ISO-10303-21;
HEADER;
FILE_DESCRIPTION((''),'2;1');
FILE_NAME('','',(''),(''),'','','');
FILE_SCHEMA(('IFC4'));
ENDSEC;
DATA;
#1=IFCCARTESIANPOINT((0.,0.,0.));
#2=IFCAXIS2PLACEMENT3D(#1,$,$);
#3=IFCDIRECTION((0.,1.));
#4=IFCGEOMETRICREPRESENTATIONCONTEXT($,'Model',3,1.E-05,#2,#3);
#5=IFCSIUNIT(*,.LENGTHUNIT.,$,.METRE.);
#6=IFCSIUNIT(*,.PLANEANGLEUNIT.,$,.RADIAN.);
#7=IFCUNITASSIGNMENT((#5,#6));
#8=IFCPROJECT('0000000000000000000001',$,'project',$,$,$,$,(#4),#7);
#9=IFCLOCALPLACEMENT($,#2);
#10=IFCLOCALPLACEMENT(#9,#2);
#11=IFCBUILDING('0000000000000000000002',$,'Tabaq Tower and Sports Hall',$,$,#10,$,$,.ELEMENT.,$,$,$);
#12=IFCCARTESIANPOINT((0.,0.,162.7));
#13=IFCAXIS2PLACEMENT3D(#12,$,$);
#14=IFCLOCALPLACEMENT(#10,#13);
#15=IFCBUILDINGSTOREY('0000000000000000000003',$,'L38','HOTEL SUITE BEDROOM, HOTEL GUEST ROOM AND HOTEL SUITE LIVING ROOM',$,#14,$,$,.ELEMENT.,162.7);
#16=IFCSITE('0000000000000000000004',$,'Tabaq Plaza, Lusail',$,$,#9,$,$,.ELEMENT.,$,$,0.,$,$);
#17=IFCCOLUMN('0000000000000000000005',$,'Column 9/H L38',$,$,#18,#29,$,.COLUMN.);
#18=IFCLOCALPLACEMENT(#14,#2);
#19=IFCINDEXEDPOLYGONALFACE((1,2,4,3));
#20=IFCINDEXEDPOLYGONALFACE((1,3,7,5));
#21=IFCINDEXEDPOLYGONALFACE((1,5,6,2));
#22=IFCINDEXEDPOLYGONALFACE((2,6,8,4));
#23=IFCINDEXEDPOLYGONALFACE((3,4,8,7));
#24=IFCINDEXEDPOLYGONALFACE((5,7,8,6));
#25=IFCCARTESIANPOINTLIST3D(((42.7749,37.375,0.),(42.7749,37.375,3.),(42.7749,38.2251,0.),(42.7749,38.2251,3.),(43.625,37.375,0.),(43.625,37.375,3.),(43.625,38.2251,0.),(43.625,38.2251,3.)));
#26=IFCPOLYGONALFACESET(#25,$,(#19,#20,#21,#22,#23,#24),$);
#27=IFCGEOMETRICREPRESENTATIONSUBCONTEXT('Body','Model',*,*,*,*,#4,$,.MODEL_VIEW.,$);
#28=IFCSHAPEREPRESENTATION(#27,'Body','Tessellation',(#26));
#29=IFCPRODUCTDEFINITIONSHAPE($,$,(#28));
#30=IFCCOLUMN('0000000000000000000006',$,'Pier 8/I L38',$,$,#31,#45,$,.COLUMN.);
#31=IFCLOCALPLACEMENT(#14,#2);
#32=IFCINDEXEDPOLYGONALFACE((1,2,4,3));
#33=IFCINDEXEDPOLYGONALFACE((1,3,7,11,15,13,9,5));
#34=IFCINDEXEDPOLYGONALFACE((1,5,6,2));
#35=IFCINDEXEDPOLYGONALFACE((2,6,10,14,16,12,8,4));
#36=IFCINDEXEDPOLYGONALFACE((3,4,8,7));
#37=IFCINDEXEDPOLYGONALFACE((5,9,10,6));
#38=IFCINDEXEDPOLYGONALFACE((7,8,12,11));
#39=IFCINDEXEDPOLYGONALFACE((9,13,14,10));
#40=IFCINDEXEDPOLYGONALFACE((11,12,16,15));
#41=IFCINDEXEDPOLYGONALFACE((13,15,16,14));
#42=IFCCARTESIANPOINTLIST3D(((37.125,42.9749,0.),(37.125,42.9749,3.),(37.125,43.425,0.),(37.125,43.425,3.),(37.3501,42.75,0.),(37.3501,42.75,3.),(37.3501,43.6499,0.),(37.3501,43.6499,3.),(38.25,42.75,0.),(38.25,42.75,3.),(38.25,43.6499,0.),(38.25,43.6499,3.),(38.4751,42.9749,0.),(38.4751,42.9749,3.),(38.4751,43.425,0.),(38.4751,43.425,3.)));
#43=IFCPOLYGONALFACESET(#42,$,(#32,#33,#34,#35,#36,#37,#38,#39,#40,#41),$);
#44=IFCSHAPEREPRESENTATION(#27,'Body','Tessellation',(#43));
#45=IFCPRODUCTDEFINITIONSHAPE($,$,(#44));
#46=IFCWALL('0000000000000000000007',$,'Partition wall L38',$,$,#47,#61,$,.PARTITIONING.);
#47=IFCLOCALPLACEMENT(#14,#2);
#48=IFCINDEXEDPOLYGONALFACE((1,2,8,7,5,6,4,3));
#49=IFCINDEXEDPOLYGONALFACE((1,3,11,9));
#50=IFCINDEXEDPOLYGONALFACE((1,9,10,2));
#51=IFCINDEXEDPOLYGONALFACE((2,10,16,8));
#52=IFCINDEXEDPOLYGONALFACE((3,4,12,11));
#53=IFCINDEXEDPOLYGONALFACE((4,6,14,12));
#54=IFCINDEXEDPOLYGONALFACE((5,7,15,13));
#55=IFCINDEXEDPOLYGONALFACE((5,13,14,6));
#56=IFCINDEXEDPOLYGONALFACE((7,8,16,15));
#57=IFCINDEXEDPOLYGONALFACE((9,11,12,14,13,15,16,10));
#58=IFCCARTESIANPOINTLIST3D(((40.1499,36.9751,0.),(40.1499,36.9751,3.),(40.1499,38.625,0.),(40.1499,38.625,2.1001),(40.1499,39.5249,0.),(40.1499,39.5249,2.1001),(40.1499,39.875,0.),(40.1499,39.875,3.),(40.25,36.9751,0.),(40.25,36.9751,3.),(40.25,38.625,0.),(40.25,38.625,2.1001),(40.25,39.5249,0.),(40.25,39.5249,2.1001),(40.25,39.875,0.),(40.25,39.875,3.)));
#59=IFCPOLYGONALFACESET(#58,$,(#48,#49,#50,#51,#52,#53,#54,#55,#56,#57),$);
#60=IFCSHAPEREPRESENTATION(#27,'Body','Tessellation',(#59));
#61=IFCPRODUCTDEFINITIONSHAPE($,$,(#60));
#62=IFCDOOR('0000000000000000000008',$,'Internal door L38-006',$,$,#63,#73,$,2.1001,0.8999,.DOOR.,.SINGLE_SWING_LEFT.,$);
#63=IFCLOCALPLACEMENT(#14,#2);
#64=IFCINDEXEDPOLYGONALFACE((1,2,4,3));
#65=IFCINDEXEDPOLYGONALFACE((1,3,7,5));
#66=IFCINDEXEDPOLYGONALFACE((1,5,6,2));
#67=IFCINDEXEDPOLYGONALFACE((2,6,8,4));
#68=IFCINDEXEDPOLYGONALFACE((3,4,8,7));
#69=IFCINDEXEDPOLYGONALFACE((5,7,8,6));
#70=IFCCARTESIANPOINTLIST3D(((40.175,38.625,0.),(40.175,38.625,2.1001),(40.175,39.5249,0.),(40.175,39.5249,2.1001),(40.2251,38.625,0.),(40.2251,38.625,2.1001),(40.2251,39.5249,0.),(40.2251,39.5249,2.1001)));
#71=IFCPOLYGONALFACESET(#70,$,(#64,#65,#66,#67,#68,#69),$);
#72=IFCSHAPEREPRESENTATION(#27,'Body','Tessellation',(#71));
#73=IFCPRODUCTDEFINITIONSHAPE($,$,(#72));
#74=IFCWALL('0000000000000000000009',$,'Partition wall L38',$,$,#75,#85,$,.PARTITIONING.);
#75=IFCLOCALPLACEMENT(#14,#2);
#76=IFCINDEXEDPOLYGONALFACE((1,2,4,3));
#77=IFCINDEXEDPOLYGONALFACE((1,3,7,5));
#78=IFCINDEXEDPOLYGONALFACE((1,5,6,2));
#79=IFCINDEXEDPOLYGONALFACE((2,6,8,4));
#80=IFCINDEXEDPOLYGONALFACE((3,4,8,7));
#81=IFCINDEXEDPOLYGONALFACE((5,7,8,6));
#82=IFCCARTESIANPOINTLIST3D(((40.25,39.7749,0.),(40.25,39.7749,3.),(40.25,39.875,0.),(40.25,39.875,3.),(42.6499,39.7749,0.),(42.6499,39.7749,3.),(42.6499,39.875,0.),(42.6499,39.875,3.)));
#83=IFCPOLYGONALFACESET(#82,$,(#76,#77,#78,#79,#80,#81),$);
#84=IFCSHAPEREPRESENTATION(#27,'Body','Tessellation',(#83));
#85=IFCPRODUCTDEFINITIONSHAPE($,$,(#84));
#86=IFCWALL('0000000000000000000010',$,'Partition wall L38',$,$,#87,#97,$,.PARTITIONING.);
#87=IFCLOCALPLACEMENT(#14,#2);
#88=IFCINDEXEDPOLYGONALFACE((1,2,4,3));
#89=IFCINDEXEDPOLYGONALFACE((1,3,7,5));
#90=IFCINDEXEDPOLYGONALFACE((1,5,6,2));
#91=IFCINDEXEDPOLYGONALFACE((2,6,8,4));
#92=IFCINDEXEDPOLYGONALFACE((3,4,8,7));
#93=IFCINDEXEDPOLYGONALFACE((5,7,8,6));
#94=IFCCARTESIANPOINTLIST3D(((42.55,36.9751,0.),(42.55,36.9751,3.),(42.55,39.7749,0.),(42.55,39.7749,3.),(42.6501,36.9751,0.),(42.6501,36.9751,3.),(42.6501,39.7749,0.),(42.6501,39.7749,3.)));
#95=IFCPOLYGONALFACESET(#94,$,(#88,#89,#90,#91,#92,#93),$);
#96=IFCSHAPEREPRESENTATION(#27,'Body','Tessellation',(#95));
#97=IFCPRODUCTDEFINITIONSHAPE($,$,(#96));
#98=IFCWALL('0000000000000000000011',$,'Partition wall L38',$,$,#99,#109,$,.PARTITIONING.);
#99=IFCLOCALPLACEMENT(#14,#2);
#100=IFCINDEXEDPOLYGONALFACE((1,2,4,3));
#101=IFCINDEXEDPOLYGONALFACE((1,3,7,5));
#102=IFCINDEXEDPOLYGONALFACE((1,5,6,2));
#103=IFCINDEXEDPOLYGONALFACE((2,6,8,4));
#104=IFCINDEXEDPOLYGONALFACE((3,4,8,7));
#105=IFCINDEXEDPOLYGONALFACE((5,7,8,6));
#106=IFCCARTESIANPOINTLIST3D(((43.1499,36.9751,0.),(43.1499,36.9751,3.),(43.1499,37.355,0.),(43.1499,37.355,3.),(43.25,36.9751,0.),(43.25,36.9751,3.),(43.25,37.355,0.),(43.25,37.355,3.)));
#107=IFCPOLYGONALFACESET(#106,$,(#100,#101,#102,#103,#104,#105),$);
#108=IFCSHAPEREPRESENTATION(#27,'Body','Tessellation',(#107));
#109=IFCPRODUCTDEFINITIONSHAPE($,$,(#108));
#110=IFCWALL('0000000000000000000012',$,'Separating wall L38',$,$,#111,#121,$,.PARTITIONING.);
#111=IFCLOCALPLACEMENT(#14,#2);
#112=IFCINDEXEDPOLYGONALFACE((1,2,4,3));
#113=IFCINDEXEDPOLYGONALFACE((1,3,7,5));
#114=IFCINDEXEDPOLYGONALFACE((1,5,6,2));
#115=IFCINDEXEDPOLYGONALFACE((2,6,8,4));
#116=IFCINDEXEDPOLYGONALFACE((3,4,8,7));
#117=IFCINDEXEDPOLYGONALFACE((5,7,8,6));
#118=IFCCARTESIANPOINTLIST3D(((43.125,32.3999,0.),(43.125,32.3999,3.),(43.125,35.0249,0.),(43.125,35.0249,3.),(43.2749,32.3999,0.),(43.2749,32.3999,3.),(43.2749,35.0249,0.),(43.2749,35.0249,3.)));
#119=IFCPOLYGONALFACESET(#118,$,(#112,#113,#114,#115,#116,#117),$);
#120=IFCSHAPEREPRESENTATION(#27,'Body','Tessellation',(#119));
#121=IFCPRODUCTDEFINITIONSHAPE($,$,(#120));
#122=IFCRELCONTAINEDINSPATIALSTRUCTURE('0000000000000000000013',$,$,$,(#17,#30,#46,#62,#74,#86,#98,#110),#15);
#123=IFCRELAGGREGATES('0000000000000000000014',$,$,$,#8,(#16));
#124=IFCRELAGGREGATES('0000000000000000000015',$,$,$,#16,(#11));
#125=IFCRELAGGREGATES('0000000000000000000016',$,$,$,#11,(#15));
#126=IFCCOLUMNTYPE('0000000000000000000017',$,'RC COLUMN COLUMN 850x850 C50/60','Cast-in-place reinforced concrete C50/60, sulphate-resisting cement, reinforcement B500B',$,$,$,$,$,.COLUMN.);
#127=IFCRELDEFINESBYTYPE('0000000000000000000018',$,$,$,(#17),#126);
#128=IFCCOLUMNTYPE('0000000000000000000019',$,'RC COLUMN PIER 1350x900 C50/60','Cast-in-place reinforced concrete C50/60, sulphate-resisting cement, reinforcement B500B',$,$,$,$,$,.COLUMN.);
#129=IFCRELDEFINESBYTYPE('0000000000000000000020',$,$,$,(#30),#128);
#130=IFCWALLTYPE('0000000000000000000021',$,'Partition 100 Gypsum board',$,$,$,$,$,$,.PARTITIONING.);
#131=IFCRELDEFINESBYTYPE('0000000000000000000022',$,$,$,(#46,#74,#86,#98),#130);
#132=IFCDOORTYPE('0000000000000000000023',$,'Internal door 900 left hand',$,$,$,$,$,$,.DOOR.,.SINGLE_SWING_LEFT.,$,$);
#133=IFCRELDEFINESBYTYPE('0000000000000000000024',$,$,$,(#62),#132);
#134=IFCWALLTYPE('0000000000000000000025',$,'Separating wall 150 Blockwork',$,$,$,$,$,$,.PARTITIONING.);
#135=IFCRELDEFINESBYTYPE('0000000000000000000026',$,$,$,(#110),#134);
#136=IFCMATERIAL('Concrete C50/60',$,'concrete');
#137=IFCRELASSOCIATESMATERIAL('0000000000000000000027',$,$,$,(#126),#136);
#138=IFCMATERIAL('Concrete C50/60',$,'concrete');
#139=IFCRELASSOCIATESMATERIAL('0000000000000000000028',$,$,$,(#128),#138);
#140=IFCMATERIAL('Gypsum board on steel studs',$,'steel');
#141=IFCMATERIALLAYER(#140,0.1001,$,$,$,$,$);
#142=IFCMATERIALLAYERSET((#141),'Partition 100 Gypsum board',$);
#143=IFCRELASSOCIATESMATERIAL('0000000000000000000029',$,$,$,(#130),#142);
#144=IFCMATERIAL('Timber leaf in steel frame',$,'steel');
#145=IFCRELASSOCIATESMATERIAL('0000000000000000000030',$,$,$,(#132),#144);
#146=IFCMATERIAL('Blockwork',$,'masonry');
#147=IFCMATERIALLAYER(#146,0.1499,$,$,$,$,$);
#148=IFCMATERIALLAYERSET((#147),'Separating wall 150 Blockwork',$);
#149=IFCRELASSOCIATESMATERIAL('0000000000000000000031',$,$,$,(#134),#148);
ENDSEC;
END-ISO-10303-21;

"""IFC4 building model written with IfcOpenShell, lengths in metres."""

from ifc_helpers import new_model, si_unit, direction, frame, frame_2d, origin, origin_2d, place, context, subcontext, project, spatial, polyline, rectangle, outline, extrude, material, layer, layer_set, material_profile, profile_set, type_object, element, fill, save


model = new_model("IFC4")

# Units and contexts
model_context = context("Model", 3, precision=1e-05, world=origin(), true_north=direction((0.0, 1.0)))
body_context = subcontext(model_context, "Body", "Model", "MODEL_VIEW")
ifc_project = project(units=[si_unit("LENGTHUNIT", "METRE"), si_unit("PLANEANGLEUNIT", "RADIAN")], contexts=[model_context])

# Site, building, storey
site_placement = place(None, origin())
site = spatial("IfcSite", under=ifc_project, at=site_placement, Name="Tabaq Plaza, Lusail", CompositionType="ELEMENT", RefElevation=0.0)
building_placement = place(site_placement, origin())
building = spatial("IfcBuilding", under=site, at=building_placement, Name="Tabaq Tower and Sports Hall", CompositionType="ELEMENT")
storey_placement = place(building_placement, frame((0.0, 0.0, 162.7)))
storey = spatial("IfcBuildingStorey", under=building, at=storey_placement, Name="L38", Description="HOTEL SUITE BEDROOM, HOTEL GUEST ROOM AND HOTEL SUITE LIVING ROOM", CompositionType="ELEMENT", Elevation=162.7)

# Columns
ifc_material_1 = material(Name="Concrete C50/60", Category="concrete")
ifc_material_profile_1 = material_profile(ifc_material_1, rectangle(XDim=0.8501, YDim=0.8501, at=origin_2d()), Name="COLUMN 850x850")
ifc_profile_set_1 = profile_set([ifc_material_profile_1], Name="Concrete C50/60")
column_type_1 = type_object("IfcColumnType", Name="RC COLUMN COLUMN 850x850 C50/60", Description="Cast-in-place reinforced concrete C50/60, sulphate-resisting cement, reinforcement B500B", PredefinedType="COLUMN", material=ifc_profile_set_1)
column_1_placement = place(storey_placement, frame((43.2, 37.8, 0.0), z_axis=(0.0, 0.0, 1.0), x_axis=(1.0, 0.0, 0.0)))
element("IfcColumn", 1, at=column_1_placement, inside=storey, type_object=column_type_1, Name="Column 9/H L38", PredefinedType="COLUMN", context=body_context, shape_type="SweptSolid", body=[
    extrude(rectangle(XDim=0.8501, YDim=0.8501, at=origin_2d()), origin(), (0.0, 0.0, 1.0), 3.0),
])
ifc_material_2 = material(Name="Concrete C50/60", Category="concrete")
ifc_material_profile_2 = material_profile(ifc_material_2, outline(polyline([(-0.45, -0.45), (0.45, -0.45), (0.675, -0.2251), (0.675, 0.2251), (0.45, 0.45), (-0.45, 0.45), (-0.675, 0.2251), (-0.675, -0.2251), (-0.45, -0.45)])), Name="PIER 1350x900")
ifc_profile_set_2 = profile_set([ifc_material_profile_2], Name="Concrete C50/60")
column_type_2 = type_object("IfcColumnType", Name="RC COLUMN PIER 1350x900 C50/60", Description="Cast-in-place reinforced concrete C50/60, sulphate-resisting cement, reinforcement B500B", PredefinedType="COLUMN", material=ifc_profile_set_2)
column_2_placement = place(storey_placement, frame((37.8, 43.2, 0.0), z_axis=(0.0, 0.0, 1.0), x_axis=(1.0, 0.0, 0.0)))
element("IfcColumn", 2, at=column_2_placement, inside=storey, type_object=column_type_2, Name="Pier 8/I L38", PredefinedType="COLUMN", context=body_context, shape_type="SweptSolid", body=[
    extrude(outline(polyline([(-0.45, -0.45), (0.45, -0.45), (0.675, -0.2251), (0.675, 0.2251), (0.45, 0.45), (-0.45, 0.45), (-0.675, 0.2251), (-0.675, -0.2251), (-0.45, -0.45)])), origin(), (0.0, 0.0, 1.0), 3.0),
])

# Wall, opening, door
ifc_material_3 = material(Name="Gypsum board on steel studs", Category="steel")
ifc_layer_1 = layer(ifc_material_3, 0.1001)
ifc_layer_set_1 = layer_set([ifc_layer_1], Name="Partition 100 Gypsum board")
wall_type_1 = type_object("IfcWallType", Name="Partition 100 Gypsum board", PredefinedType="PARTITIONING", material=ifc_layer_set_1)
wall_1_placement = place(storey_placement, frame((40.2, 36.9751, 0.0), z_axis=(0.0, 0.0, 1.0), x_axis=(0.0, 1.0, 0.0)))
wall_1 = element("IfcWall", 3, at=wall_1_placement, inside=storey, type_object=wall_type_1, Name="Partition wall L38", PredefinedType="PARTITIONING", context=body_context, shape_type="SweptSolid", body=[
    extrude(rectangle(XDim=2.8999, YDim=0.1001, at=frame_2d((1.45, 0.0))), origin(), (0.0, 0.0, 1.0), 3.0),
])
opening_1_placement = place(wall_1_placement, frame((1.6499, 0.0, 0.0)))
opening_1 = element("IfcOpeningElement", 4, at=opening_1_placement, cuts=wall_1, PredefinedType="OPENING", context=body_context, shape_type="SweptSolid", body=[
    extrude(rectangle(XDim=0.8999, YDim=2.1001, at=frame_2d((0.45, 1.05))), frame((0.0, 0.05, 0.0), z_axis=(0.0, -1.0, 0.0), x_axis=(1.0, 0.0, 0.0)), (0.0, 0.0, 1.0), 0.1001),
])
ifc_material_4 = material(Name="Timber leaf in steel frame", Category="steel")
door_type = type_object("IfcDoorType", Name="Internal door 900 left hand", OperationType="SINGLE_SWING_LEFT", PredefinedType="DOOR", material=ifc_material_4)
door_placement = place(opening_1_placement, origin())
door = element("IfcDoor", 5, at=door_placement, inside=storey, type_object=door_type, Name="Internal door L38-006", OperationType="SINGLE_SWING_LEFT", OverallHeight=2.1001, OverallWidth=0.8999, PredefinedType="DOOR", context=body_context, shape_type="SweptSolid", body=[
    extrude(rectangle(XDim=0.8999, YDim=2.1001, at=frame_2d((0.45, 1.05))), frame((0.0, 0.0249, 0.0), z_axis=(0.0, -1.0, 0.0), x_axis=(1.0, 0.0, 0.0)), (0.0, 0.0, 1.0), 0.05),
])
fill(opening_1, door)

# Walls
wall_2_placement = place(storey_placement, frame((40.25, 39.825, 0.0), z_axis=(0.0, 0.0, 1.0), x_axis=(1.0, 0.0, 0.0)))
element("IfcWall", 6, at=wall_2_placement, inside=storey, type_object=wall_type_1, Name="Partition wall L38", PredefinedType="PARTITIONING", context=body_context, shape_type="SweptSolid", body=[
    extrude(rectangle(XDim=2.3999, YDim=0.1001, at=frame_2d((1.2, 0.0))), origin(), (0.0, 0.0, 1.0), 3.0),
])
wall_3_placement = place(storey_placement, frame((42.6001, 39.7749, 0.0), z_axis=(0.0, 0.0, 1.0), x_axis=(0.0, -1.0, 0.0)))
element("IfcWall", 7, at=wall_3_placement, inside=storey, type_object=wall_type_1, Name="Partition wall L38", PredefinedType="PARTITIONING", context=body_context, shape_type="SweptSolid", body=[
    extrude(rectangle(XDim=2.7998, YDim=0.1001, at=frame_2d((1.3999, 0.0))), origin(), (0.0, 0.0, 1.0), 3.0),
])
wall_4_placement = place(storey_placement, frame((43.2, 36.9751, 0.0), z_axis=(0.0, 0.0, 1.0), x_axis=(0.0, 1.0, 0.0)))
element("IfcWall", 8, at=wall_4_placement, inside=storey, type_object=wall_type_1, Name="Partition wall L38", PredefinedType="PARTITIONING", context=body_context, shape_type="SweptSolid", body=[
    extrude(rectangle(XDim=0.3799, YDim=0.1001, at=frame_2d((0.1899, 0.0))), origin(), (0.0, 0.0, 1.0), 3.0),
])
ifc_material_5 = material(Name="Blockwork", Category="masonry")
ifc_layer_2 = layer(ifc_material_5, 0.1499)
ifc_layer_set_2 = layer_set([ifc_layer_2], Name="Separating wall 150 Blockwork")
wall_type_2 = type_object("IfcWallType", Name="Separating wall 150 Blockwork", PredefinedType="PARTITIONING", material=ifc_layer_set_2)
wall_5_placement = place(storey_placement, frame((43.2, 35.0249, 0.0), z_axis=(0.0, 0.0, 1.0), x_axis=(0.0, -1.0, 0.0)))
element("IfcWall", 9, at=wall_5_placement, inside=storey, type_object=wall_type_2, Name="Separating wall L38", PredefinedType="PARTITIONING", context=body_context, shape_type="SweptSolid", body=[
    extrude(rectangle(XDim=2.625, YDim=0.1499, at=frame_2d((1.3125, 0.0))), origin(), (0.0, 0.0, 1.0), 3.0),
])

save(model, "model.ifc")
